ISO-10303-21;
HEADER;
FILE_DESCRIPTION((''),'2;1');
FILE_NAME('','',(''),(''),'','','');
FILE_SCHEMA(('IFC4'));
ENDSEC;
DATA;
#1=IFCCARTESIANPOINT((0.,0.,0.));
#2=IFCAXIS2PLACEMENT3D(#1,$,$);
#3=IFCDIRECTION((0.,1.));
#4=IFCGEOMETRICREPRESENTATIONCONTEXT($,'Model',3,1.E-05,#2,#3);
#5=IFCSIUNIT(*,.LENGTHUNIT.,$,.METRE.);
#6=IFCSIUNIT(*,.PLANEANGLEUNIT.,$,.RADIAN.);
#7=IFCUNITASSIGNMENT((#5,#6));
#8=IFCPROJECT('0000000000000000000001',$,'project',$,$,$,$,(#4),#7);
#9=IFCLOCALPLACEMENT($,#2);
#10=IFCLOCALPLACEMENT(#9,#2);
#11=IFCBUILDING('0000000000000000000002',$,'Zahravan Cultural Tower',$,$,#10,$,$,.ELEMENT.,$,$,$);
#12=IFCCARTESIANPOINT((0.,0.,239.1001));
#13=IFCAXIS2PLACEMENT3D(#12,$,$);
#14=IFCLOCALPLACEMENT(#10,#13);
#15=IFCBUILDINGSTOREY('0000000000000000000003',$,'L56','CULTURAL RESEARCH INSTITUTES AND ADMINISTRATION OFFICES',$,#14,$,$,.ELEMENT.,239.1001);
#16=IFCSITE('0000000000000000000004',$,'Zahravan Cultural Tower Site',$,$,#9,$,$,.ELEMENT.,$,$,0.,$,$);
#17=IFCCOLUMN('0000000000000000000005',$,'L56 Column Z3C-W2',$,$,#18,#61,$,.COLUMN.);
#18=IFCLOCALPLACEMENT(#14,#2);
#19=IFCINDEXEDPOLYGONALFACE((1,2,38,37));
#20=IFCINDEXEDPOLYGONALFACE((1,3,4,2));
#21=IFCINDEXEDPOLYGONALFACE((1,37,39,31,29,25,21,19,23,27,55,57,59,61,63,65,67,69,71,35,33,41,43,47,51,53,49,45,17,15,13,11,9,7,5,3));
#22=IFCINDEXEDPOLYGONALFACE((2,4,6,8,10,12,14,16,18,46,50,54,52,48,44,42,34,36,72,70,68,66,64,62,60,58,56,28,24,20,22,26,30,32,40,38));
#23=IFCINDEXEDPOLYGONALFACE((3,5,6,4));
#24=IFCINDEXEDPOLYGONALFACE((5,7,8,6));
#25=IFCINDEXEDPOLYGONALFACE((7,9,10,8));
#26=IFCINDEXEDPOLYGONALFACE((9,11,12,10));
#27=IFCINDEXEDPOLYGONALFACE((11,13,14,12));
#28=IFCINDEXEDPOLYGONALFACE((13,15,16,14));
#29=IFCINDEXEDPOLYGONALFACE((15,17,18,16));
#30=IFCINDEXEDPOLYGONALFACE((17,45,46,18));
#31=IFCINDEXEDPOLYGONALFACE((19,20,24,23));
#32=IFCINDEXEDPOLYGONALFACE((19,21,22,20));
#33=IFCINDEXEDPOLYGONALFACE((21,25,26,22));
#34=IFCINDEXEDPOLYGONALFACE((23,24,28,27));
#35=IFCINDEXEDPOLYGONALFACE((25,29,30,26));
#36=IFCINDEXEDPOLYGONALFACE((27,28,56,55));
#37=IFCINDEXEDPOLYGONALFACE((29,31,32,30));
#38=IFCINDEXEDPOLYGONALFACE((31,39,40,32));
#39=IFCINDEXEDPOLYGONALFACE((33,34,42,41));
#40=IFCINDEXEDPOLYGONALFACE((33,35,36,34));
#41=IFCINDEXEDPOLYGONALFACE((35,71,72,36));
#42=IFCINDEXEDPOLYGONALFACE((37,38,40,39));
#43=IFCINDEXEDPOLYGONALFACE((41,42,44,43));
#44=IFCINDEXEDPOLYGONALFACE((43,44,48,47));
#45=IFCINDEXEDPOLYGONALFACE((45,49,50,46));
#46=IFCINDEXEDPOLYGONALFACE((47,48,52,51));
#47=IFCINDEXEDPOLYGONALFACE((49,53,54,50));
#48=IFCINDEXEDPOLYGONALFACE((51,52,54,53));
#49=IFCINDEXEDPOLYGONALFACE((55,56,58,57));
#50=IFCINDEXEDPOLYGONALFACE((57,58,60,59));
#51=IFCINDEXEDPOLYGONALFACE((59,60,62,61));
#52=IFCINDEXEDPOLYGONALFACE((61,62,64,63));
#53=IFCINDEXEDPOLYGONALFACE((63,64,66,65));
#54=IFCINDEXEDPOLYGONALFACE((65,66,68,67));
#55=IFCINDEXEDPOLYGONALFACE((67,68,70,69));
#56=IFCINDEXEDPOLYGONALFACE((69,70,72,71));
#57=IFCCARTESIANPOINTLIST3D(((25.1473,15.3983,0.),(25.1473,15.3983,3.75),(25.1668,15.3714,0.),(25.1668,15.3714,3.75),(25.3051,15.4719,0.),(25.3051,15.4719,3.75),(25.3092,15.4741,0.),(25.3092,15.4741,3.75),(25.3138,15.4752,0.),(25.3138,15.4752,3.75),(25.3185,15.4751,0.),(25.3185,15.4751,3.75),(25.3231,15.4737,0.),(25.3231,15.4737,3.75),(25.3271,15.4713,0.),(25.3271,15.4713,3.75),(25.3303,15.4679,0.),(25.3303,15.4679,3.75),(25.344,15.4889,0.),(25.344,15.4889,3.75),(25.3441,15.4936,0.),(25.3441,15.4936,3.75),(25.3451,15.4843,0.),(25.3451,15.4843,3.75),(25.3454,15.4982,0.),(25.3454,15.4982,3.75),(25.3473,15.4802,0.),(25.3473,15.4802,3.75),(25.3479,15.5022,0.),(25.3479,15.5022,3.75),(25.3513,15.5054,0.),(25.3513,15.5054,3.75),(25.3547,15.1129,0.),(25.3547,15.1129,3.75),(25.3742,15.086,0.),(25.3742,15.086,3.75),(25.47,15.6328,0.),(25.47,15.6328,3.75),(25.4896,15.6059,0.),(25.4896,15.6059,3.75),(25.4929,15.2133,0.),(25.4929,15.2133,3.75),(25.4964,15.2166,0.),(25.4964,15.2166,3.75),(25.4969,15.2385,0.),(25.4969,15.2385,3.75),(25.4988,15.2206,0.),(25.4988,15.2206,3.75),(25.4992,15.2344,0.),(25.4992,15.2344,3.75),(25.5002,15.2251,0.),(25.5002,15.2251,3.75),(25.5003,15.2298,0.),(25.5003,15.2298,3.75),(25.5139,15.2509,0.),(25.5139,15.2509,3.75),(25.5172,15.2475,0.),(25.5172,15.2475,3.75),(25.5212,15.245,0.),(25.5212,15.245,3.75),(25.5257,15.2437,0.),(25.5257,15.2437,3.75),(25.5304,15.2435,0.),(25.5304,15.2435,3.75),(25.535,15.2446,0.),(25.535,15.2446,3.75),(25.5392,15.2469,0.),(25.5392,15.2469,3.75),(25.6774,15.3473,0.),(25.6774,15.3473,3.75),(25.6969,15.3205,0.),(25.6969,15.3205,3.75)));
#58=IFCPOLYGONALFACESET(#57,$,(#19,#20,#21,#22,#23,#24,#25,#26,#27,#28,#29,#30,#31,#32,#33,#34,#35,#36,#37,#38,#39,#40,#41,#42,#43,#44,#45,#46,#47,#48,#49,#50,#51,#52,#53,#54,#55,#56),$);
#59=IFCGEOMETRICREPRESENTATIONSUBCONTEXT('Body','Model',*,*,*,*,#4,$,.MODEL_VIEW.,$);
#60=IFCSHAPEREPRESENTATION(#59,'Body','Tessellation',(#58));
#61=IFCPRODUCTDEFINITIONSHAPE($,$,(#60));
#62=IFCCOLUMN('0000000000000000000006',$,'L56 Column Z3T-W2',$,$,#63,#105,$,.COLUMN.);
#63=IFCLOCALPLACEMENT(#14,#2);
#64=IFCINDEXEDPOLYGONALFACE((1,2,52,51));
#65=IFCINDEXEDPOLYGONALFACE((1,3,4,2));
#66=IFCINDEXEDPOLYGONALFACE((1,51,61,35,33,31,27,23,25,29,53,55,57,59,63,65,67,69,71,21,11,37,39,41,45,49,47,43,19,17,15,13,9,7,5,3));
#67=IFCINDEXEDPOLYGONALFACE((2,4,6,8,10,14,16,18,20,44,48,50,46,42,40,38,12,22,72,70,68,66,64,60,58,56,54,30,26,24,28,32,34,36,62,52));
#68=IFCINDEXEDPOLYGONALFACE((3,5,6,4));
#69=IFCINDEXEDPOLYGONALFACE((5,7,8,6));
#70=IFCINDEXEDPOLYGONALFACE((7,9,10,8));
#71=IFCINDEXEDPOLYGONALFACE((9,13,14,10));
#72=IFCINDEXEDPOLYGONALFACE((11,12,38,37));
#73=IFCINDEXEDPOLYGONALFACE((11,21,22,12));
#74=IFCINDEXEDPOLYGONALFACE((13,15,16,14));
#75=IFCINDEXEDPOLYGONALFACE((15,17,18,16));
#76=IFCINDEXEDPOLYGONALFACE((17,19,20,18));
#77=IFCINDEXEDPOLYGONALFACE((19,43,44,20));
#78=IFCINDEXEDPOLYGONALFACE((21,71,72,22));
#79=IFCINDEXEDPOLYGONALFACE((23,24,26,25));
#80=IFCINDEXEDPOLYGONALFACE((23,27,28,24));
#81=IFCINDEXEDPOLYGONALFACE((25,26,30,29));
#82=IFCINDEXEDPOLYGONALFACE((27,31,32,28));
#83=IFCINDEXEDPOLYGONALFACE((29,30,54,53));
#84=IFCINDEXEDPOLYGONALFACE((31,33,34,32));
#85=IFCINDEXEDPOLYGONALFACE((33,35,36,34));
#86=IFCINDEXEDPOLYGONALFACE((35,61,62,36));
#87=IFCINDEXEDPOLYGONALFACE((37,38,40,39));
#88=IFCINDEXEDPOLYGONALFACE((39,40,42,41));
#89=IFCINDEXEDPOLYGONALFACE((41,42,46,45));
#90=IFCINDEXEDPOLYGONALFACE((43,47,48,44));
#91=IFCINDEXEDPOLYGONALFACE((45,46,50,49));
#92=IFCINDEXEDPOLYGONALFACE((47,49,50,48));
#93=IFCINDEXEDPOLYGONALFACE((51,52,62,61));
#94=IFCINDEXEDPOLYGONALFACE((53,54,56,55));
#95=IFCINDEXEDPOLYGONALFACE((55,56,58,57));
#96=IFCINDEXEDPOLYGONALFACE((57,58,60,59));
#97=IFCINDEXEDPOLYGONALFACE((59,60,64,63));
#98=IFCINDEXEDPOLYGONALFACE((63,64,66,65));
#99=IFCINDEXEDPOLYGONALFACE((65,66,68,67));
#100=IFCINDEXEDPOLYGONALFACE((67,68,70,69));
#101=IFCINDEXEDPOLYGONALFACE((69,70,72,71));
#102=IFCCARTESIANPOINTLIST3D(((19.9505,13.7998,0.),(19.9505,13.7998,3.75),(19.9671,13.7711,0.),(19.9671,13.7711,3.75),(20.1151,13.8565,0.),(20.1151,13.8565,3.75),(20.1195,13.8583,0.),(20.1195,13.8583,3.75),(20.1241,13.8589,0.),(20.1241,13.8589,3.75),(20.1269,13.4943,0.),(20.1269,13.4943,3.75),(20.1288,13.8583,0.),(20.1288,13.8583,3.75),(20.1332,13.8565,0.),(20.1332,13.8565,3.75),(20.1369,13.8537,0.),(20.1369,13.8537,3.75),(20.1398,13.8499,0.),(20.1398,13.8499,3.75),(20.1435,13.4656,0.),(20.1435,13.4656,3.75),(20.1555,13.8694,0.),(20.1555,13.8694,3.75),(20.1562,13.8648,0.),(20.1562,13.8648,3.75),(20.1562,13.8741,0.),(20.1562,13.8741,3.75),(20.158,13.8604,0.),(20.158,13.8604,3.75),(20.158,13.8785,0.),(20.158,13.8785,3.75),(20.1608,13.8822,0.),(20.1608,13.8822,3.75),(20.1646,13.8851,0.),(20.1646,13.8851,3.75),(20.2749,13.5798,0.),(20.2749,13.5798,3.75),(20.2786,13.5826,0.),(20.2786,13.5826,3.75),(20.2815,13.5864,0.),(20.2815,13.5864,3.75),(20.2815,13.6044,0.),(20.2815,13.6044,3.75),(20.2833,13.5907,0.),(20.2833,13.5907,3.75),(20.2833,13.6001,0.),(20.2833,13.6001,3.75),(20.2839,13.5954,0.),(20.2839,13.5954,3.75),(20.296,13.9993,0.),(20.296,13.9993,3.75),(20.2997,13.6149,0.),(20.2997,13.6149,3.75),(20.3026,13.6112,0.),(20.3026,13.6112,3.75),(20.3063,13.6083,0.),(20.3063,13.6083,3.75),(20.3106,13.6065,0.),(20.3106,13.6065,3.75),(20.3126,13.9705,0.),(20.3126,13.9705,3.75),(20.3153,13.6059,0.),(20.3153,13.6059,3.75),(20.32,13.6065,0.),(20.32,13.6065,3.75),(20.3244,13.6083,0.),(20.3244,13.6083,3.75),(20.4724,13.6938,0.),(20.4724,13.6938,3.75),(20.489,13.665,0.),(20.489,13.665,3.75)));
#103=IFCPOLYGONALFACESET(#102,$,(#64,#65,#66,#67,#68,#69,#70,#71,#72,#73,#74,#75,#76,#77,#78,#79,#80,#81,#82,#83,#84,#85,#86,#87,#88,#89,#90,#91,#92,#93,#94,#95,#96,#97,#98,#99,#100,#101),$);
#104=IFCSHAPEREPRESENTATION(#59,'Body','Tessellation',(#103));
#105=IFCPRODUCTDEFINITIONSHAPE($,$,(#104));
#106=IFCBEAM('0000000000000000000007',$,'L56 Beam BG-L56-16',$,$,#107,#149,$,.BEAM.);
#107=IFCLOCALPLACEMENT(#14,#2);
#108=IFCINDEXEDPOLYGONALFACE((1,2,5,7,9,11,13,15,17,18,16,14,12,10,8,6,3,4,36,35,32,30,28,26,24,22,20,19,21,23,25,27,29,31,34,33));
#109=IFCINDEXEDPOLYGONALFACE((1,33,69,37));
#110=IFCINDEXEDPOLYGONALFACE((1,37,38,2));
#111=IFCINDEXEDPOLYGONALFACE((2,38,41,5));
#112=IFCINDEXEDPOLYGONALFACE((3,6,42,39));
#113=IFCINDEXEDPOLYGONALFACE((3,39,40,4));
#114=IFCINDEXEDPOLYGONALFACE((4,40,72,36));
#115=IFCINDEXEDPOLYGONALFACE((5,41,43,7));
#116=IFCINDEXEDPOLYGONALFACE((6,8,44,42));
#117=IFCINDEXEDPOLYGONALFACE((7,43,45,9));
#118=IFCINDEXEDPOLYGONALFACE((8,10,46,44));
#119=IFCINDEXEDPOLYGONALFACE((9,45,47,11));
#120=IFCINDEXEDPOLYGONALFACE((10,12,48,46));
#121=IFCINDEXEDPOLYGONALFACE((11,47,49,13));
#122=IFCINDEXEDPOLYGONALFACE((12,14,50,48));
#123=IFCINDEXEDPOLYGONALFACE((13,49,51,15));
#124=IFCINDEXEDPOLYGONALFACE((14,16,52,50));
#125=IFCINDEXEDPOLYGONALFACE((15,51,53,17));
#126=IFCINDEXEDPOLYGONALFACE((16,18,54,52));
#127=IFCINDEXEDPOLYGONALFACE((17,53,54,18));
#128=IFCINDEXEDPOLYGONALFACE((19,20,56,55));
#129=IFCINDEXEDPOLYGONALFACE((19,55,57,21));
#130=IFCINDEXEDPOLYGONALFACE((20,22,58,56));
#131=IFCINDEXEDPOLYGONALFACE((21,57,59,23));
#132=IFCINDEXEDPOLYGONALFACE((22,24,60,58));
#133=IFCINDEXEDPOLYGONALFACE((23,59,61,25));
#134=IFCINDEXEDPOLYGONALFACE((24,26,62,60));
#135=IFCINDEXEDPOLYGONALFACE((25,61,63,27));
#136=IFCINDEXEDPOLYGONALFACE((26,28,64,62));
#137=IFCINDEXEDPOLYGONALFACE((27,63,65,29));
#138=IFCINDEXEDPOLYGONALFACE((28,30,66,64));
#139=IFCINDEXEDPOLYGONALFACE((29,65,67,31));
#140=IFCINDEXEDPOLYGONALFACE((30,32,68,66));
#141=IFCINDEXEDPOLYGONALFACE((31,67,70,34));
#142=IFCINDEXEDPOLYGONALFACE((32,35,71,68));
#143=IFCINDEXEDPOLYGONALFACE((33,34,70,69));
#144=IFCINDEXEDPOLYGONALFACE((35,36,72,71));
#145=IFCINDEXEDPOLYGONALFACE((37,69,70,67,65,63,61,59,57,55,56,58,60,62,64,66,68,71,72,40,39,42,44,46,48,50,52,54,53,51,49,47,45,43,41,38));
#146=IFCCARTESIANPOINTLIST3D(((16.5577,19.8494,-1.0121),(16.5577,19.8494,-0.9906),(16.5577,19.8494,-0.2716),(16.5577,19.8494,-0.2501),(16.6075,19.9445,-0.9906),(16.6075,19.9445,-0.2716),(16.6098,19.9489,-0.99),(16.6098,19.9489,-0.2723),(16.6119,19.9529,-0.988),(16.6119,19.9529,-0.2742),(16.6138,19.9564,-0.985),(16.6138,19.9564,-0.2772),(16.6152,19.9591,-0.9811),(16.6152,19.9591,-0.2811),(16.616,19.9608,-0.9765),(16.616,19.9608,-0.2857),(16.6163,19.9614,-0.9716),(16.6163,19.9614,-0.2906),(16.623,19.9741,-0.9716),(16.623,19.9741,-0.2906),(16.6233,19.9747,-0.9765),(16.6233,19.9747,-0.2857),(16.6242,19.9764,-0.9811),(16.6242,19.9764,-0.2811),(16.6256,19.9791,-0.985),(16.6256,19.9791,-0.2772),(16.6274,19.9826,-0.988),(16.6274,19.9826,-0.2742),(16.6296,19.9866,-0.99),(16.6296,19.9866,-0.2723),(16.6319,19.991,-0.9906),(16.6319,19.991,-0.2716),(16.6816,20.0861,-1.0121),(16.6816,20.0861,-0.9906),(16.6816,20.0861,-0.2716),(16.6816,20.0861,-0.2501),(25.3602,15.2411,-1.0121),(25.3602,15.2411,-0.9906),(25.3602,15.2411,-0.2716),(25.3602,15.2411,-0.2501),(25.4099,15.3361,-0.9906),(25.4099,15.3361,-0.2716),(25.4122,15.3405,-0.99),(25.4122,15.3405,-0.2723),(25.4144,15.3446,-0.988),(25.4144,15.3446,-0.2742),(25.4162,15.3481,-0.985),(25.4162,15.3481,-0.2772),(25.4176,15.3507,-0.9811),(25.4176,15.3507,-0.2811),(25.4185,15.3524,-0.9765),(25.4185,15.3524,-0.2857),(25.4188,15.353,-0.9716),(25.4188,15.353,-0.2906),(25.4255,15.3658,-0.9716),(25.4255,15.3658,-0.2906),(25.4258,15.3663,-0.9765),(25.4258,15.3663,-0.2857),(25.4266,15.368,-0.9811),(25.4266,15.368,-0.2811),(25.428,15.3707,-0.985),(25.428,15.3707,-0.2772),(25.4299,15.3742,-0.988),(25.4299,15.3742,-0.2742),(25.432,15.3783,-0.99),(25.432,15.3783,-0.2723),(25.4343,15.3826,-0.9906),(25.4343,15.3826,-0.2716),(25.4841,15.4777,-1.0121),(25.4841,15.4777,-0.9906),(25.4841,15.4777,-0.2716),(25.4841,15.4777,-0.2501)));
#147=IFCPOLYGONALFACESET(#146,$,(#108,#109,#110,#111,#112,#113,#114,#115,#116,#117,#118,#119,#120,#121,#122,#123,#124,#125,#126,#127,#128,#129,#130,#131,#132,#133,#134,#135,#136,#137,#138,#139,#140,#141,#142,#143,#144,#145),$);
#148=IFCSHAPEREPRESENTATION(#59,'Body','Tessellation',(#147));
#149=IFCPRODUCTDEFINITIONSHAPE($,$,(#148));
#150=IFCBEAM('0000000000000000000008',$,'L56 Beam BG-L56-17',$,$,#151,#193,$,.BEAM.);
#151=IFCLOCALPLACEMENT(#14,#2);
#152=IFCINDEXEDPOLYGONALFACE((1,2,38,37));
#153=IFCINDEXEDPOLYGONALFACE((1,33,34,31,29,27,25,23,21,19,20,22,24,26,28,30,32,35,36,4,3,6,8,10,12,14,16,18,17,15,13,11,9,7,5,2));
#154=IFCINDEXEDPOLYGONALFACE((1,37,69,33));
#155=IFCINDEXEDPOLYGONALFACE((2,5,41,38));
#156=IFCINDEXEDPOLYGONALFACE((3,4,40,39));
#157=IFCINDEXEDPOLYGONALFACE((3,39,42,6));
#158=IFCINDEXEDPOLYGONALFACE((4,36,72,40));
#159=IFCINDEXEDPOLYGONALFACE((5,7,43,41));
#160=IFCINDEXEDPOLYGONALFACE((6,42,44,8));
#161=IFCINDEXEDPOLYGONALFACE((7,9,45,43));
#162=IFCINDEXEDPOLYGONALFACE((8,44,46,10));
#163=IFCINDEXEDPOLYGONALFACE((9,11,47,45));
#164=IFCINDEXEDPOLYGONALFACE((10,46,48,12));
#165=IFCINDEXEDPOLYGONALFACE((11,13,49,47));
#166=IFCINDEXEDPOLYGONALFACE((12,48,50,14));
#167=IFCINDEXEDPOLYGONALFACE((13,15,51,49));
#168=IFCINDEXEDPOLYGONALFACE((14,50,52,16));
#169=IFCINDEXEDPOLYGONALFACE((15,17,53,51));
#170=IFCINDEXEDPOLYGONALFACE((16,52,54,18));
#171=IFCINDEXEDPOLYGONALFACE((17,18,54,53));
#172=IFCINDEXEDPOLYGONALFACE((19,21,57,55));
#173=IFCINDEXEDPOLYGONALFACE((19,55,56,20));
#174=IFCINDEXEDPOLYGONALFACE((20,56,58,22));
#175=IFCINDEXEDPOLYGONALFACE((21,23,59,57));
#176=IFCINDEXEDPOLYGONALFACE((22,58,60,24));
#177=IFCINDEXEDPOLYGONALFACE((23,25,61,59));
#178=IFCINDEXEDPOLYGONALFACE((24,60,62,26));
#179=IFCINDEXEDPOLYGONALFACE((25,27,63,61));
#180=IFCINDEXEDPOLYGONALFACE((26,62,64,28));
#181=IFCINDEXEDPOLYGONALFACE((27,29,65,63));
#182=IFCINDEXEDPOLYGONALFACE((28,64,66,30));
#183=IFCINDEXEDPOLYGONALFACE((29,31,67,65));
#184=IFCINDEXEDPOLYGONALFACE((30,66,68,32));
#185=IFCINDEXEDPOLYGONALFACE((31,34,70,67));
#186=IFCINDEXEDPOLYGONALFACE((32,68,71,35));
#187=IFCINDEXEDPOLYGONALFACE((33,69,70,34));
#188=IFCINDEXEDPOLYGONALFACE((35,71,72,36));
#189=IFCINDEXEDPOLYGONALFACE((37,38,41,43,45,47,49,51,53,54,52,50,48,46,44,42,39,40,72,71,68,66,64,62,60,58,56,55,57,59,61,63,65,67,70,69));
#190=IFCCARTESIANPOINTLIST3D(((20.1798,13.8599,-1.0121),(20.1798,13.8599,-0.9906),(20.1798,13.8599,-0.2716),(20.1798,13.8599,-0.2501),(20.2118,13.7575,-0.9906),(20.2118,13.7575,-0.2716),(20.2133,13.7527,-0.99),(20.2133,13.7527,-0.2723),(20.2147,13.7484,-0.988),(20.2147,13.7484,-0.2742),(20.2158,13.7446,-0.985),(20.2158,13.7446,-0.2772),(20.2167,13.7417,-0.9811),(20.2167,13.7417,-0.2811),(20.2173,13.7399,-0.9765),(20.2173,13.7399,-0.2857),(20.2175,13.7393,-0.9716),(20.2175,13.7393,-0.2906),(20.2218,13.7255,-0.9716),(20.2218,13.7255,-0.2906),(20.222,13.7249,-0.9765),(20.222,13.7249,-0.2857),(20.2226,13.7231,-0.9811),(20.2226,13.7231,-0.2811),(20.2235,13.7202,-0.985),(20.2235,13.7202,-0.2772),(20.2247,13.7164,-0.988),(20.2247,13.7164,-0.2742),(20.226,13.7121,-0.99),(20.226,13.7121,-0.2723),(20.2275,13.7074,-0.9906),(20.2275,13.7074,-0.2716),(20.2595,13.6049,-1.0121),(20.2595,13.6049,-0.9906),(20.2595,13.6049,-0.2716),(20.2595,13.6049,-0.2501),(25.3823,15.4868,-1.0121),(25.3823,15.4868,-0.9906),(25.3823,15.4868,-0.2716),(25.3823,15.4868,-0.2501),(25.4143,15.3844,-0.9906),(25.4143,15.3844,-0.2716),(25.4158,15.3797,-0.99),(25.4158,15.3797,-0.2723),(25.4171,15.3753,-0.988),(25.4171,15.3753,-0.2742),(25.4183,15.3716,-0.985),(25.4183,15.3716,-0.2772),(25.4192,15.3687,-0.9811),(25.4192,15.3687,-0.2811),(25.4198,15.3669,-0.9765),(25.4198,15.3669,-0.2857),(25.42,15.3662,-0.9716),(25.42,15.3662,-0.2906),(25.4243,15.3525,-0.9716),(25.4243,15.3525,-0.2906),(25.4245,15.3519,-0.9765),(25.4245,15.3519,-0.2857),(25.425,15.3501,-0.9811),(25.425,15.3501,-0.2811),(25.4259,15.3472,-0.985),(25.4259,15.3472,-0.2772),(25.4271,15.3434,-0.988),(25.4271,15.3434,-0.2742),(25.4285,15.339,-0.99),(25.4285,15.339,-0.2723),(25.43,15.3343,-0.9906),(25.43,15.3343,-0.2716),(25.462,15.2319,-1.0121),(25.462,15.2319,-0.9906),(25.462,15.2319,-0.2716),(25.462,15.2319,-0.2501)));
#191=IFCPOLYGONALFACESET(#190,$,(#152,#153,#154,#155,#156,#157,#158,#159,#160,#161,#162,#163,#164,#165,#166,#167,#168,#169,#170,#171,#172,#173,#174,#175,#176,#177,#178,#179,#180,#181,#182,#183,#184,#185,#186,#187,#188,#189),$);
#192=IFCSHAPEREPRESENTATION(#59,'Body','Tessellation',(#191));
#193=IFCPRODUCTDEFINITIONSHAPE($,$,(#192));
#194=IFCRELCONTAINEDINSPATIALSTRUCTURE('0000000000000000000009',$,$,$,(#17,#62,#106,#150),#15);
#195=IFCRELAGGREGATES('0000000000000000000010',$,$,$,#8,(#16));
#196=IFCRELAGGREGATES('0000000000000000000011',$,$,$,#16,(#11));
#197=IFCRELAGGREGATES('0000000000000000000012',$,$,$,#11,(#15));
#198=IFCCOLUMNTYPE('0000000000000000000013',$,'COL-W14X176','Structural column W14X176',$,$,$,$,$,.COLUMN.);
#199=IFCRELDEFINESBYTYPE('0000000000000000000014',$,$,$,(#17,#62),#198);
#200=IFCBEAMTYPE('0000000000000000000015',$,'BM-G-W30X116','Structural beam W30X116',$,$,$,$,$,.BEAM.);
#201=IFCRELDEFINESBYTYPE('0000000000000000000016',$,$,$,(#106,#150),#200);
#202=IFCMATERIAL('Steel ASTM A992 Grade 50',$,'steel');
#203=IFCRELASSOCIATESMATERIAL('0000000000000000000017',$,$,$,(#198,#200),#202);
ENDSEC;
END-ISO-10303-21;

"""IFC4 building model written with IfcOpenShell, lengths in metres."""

from ifc_helpers import new_model, si_unit, direction, frame, origin, origin_2d, place, context, subcontext, project, spatial, i_section, extrude, source, transform, mapped, material, material_profile, profile_set, type_object, element, save


model = new_model("IFC4")

# Units and contexts
model_context = context("Model", 3, precision=1e-05, world=origin(), true_north=direction((0.0, 1.0)))
body_context = subcontext(model_context, "Body", "Model", "MODEL_VIEW")
ifc_project = project(units=[si_unit("LENGTHUNIT", "METRE"), si_unit("PLANEANGLEUNIT", "RADIAN")], contexts=[model_context])

# Site, building, storey
site_placement = place(None, origin())
site = spatial("IfcSite", under=ifc_project, at=site_placement, Name="Zahravan Cultural Tower Site", CompositionType="ELEMENT", RefElevation=0.0)
building_placement = place(site_placement, origin())
building = spatial("IfcBuilding", under=site, at=building_placement, Name="Zahravan Cultural Tower", CompositionType="ELEMENT")
storey_placement = place(building_placement, frame((0.0, 0.0, 239.1001)))
storey = spatial("IfcBuildingStorey", under=building, at=storey_placement, Name="L56", Description="CULTURAL RESEARCH INSTITUTES AND ADMINISTRATION OFFICES", CompositionType="ELEMENT", Elevation=239.1001)

# Columns
ifc_material_1 = material(Name="Steel ASTM A992 Grade 50", Category="steel")
ifc_material_profile_1 = material_profile(ifc_material_1, i_section(OverallWidth=0.3989, OverallDepth=0.386, WebThickness=0.021, FlangeThickness=0.0332, FilletRadius=0.0181, at=origin_2d()), Name="W14X176")
ifc_profile_set_1 = profile_set([ifc_material_profile_1], Name="Steel ASTM A992 Grade 50")
column_type = type_object("IfcColumnType", Name="COL-W14X176", Description="Structural column W14X176", PredefinedType="COLUMN", material=ifc_profile_set_1)
shared_shape_1 = source(origin(), body_context, "Body", "SweptSolid", [
    extrude(i_section(OverallWidth=0.3989, OverallDepth=0.386, WebThickness=0.021, FlangeThickness=0.0332, FilletRadius=0.0181, at=origin_2d()), origin(), (0.0, 0.0, 1.0), 3.75),
])
for number, where, z_axis, x_axis, name in (
    (1, (25.4221, 15.3594, 0.0), (0.0, 0.0, 1.0), (0.809017, 0.587785, 0.0), "L56 Column Z3C-W2"),
    (2, (20.2197, 13.7324, 0.0), (0.0, 0.0, 1.0), (0.866025, 0.5, 0.0), "L56 Column Z3T-W2"),
):
    element("IfcColumn", number, at=place(storey_placement, frame(where, z_axis=z_axis, x_axis=x_axis)), inside=storey, type_object=column_type, Name=name, PredefinedType="COLUMN", context=body_context, shape_type="MappedRepresentation", body=[
        mapped(shared_shape_1, transform((0.0, 0.0, 0.0), x_axis=(1.0, 0.0, 0.0), y_axis=(0.0, 1.0, 0.0), z_axis=(0.0, 0.0, 1.0), scale=1.0)),
    ])

# Beams
ifc_material_profile_2 = material_profile(ifc_material_1, i_section(OverallWidth=0.2671, OverallDepth=0.762, WebThickness=0.0144, FlangeThickness=0.0215, FilletRadius=0.019, at=origin_2d()), Name="W30X116")
ifc_profile_set_2 = profile_set([ifc_material_profile_2], Name="Steel ASTM A992 Grade 50")
beam_type_1 = type_object("IfcBeamType", Name="BM-G-W30X116", Description="Structural beam W30X116", PredefinedType="BEAM", material=ifc_profile_set_2)
shared_shape_2 = source(origin(), body_context, "Body", "SweptSolid", [
    extrude(i_section(OverallWidth=0.2671, OverallDepth=0.762, WebThickness=0.0144, FlangeThickness=0.0215, FilletRadius=0.019, at=origin_2d()), origin(), (0.0, 0.0, 1.0), 9.9358),
])
beam_1_placement = place(storey_placement, frame((25.4221, 15.3594, -0.6311), z_axis=(-0.885932, 0.463815, 0.0), x_axis=(-0.463815, -0.885932, 0.0)))
element("IfcBeam", 3, at=beam_1_placement, inside=storey, type_object=beam_type_1, Name="L56 Beam BG-L56-16", PredefinedType="BEAM", context=body_context, shape_type="MappedRepresentation", body=[
    mapped(shared_shape_2, transform((0.0, 0.0, 0.0), x_axis=(1.0, 0.0, 0.0), y_axis=(0.0, 1.0, 0.0), z_axis=(0.0, 0.0, 1.0), scale=1.0)),
])
shared_shape_3 = source(origin(), body_context, "Body", "SweptSolid", [
    extrude(i_section(OverallWidth=0.2671, OverallDepth=0.762, WebThickness=0.0144, FlangeThickness=0.0215, FilletRadius=0.019, at=origin_2d()), origin(), (0.0, 0.0, 1.0), 5.4509),
])
beam_2_placement = place(storey_placement, frame((25.4221, 15.3594, -0.6311), z_axis=(-0.954417, -0.298476, 0.0), x_axis=(0.298476, -0.954417, 0.0)))
element("IfcBeam", 4, at=beam_2_placement, inside=storey, type_object=beam_type_1, Name="L56 Beam BG-L56-17", PredefinedType="BEAM", context=body_context, shape_type="MappedRepresentation", body=[
    mapped(shared_shape_3, transform((0.0, 0.0, 0.0), x_axis=(1.0, 0.0, 0.0), y_axis=(0.0, 1.0, 0.0), z_axis=(0.0, 0.0, 1.0), scale=1.0)),
])

save(model, "model.ifc")
